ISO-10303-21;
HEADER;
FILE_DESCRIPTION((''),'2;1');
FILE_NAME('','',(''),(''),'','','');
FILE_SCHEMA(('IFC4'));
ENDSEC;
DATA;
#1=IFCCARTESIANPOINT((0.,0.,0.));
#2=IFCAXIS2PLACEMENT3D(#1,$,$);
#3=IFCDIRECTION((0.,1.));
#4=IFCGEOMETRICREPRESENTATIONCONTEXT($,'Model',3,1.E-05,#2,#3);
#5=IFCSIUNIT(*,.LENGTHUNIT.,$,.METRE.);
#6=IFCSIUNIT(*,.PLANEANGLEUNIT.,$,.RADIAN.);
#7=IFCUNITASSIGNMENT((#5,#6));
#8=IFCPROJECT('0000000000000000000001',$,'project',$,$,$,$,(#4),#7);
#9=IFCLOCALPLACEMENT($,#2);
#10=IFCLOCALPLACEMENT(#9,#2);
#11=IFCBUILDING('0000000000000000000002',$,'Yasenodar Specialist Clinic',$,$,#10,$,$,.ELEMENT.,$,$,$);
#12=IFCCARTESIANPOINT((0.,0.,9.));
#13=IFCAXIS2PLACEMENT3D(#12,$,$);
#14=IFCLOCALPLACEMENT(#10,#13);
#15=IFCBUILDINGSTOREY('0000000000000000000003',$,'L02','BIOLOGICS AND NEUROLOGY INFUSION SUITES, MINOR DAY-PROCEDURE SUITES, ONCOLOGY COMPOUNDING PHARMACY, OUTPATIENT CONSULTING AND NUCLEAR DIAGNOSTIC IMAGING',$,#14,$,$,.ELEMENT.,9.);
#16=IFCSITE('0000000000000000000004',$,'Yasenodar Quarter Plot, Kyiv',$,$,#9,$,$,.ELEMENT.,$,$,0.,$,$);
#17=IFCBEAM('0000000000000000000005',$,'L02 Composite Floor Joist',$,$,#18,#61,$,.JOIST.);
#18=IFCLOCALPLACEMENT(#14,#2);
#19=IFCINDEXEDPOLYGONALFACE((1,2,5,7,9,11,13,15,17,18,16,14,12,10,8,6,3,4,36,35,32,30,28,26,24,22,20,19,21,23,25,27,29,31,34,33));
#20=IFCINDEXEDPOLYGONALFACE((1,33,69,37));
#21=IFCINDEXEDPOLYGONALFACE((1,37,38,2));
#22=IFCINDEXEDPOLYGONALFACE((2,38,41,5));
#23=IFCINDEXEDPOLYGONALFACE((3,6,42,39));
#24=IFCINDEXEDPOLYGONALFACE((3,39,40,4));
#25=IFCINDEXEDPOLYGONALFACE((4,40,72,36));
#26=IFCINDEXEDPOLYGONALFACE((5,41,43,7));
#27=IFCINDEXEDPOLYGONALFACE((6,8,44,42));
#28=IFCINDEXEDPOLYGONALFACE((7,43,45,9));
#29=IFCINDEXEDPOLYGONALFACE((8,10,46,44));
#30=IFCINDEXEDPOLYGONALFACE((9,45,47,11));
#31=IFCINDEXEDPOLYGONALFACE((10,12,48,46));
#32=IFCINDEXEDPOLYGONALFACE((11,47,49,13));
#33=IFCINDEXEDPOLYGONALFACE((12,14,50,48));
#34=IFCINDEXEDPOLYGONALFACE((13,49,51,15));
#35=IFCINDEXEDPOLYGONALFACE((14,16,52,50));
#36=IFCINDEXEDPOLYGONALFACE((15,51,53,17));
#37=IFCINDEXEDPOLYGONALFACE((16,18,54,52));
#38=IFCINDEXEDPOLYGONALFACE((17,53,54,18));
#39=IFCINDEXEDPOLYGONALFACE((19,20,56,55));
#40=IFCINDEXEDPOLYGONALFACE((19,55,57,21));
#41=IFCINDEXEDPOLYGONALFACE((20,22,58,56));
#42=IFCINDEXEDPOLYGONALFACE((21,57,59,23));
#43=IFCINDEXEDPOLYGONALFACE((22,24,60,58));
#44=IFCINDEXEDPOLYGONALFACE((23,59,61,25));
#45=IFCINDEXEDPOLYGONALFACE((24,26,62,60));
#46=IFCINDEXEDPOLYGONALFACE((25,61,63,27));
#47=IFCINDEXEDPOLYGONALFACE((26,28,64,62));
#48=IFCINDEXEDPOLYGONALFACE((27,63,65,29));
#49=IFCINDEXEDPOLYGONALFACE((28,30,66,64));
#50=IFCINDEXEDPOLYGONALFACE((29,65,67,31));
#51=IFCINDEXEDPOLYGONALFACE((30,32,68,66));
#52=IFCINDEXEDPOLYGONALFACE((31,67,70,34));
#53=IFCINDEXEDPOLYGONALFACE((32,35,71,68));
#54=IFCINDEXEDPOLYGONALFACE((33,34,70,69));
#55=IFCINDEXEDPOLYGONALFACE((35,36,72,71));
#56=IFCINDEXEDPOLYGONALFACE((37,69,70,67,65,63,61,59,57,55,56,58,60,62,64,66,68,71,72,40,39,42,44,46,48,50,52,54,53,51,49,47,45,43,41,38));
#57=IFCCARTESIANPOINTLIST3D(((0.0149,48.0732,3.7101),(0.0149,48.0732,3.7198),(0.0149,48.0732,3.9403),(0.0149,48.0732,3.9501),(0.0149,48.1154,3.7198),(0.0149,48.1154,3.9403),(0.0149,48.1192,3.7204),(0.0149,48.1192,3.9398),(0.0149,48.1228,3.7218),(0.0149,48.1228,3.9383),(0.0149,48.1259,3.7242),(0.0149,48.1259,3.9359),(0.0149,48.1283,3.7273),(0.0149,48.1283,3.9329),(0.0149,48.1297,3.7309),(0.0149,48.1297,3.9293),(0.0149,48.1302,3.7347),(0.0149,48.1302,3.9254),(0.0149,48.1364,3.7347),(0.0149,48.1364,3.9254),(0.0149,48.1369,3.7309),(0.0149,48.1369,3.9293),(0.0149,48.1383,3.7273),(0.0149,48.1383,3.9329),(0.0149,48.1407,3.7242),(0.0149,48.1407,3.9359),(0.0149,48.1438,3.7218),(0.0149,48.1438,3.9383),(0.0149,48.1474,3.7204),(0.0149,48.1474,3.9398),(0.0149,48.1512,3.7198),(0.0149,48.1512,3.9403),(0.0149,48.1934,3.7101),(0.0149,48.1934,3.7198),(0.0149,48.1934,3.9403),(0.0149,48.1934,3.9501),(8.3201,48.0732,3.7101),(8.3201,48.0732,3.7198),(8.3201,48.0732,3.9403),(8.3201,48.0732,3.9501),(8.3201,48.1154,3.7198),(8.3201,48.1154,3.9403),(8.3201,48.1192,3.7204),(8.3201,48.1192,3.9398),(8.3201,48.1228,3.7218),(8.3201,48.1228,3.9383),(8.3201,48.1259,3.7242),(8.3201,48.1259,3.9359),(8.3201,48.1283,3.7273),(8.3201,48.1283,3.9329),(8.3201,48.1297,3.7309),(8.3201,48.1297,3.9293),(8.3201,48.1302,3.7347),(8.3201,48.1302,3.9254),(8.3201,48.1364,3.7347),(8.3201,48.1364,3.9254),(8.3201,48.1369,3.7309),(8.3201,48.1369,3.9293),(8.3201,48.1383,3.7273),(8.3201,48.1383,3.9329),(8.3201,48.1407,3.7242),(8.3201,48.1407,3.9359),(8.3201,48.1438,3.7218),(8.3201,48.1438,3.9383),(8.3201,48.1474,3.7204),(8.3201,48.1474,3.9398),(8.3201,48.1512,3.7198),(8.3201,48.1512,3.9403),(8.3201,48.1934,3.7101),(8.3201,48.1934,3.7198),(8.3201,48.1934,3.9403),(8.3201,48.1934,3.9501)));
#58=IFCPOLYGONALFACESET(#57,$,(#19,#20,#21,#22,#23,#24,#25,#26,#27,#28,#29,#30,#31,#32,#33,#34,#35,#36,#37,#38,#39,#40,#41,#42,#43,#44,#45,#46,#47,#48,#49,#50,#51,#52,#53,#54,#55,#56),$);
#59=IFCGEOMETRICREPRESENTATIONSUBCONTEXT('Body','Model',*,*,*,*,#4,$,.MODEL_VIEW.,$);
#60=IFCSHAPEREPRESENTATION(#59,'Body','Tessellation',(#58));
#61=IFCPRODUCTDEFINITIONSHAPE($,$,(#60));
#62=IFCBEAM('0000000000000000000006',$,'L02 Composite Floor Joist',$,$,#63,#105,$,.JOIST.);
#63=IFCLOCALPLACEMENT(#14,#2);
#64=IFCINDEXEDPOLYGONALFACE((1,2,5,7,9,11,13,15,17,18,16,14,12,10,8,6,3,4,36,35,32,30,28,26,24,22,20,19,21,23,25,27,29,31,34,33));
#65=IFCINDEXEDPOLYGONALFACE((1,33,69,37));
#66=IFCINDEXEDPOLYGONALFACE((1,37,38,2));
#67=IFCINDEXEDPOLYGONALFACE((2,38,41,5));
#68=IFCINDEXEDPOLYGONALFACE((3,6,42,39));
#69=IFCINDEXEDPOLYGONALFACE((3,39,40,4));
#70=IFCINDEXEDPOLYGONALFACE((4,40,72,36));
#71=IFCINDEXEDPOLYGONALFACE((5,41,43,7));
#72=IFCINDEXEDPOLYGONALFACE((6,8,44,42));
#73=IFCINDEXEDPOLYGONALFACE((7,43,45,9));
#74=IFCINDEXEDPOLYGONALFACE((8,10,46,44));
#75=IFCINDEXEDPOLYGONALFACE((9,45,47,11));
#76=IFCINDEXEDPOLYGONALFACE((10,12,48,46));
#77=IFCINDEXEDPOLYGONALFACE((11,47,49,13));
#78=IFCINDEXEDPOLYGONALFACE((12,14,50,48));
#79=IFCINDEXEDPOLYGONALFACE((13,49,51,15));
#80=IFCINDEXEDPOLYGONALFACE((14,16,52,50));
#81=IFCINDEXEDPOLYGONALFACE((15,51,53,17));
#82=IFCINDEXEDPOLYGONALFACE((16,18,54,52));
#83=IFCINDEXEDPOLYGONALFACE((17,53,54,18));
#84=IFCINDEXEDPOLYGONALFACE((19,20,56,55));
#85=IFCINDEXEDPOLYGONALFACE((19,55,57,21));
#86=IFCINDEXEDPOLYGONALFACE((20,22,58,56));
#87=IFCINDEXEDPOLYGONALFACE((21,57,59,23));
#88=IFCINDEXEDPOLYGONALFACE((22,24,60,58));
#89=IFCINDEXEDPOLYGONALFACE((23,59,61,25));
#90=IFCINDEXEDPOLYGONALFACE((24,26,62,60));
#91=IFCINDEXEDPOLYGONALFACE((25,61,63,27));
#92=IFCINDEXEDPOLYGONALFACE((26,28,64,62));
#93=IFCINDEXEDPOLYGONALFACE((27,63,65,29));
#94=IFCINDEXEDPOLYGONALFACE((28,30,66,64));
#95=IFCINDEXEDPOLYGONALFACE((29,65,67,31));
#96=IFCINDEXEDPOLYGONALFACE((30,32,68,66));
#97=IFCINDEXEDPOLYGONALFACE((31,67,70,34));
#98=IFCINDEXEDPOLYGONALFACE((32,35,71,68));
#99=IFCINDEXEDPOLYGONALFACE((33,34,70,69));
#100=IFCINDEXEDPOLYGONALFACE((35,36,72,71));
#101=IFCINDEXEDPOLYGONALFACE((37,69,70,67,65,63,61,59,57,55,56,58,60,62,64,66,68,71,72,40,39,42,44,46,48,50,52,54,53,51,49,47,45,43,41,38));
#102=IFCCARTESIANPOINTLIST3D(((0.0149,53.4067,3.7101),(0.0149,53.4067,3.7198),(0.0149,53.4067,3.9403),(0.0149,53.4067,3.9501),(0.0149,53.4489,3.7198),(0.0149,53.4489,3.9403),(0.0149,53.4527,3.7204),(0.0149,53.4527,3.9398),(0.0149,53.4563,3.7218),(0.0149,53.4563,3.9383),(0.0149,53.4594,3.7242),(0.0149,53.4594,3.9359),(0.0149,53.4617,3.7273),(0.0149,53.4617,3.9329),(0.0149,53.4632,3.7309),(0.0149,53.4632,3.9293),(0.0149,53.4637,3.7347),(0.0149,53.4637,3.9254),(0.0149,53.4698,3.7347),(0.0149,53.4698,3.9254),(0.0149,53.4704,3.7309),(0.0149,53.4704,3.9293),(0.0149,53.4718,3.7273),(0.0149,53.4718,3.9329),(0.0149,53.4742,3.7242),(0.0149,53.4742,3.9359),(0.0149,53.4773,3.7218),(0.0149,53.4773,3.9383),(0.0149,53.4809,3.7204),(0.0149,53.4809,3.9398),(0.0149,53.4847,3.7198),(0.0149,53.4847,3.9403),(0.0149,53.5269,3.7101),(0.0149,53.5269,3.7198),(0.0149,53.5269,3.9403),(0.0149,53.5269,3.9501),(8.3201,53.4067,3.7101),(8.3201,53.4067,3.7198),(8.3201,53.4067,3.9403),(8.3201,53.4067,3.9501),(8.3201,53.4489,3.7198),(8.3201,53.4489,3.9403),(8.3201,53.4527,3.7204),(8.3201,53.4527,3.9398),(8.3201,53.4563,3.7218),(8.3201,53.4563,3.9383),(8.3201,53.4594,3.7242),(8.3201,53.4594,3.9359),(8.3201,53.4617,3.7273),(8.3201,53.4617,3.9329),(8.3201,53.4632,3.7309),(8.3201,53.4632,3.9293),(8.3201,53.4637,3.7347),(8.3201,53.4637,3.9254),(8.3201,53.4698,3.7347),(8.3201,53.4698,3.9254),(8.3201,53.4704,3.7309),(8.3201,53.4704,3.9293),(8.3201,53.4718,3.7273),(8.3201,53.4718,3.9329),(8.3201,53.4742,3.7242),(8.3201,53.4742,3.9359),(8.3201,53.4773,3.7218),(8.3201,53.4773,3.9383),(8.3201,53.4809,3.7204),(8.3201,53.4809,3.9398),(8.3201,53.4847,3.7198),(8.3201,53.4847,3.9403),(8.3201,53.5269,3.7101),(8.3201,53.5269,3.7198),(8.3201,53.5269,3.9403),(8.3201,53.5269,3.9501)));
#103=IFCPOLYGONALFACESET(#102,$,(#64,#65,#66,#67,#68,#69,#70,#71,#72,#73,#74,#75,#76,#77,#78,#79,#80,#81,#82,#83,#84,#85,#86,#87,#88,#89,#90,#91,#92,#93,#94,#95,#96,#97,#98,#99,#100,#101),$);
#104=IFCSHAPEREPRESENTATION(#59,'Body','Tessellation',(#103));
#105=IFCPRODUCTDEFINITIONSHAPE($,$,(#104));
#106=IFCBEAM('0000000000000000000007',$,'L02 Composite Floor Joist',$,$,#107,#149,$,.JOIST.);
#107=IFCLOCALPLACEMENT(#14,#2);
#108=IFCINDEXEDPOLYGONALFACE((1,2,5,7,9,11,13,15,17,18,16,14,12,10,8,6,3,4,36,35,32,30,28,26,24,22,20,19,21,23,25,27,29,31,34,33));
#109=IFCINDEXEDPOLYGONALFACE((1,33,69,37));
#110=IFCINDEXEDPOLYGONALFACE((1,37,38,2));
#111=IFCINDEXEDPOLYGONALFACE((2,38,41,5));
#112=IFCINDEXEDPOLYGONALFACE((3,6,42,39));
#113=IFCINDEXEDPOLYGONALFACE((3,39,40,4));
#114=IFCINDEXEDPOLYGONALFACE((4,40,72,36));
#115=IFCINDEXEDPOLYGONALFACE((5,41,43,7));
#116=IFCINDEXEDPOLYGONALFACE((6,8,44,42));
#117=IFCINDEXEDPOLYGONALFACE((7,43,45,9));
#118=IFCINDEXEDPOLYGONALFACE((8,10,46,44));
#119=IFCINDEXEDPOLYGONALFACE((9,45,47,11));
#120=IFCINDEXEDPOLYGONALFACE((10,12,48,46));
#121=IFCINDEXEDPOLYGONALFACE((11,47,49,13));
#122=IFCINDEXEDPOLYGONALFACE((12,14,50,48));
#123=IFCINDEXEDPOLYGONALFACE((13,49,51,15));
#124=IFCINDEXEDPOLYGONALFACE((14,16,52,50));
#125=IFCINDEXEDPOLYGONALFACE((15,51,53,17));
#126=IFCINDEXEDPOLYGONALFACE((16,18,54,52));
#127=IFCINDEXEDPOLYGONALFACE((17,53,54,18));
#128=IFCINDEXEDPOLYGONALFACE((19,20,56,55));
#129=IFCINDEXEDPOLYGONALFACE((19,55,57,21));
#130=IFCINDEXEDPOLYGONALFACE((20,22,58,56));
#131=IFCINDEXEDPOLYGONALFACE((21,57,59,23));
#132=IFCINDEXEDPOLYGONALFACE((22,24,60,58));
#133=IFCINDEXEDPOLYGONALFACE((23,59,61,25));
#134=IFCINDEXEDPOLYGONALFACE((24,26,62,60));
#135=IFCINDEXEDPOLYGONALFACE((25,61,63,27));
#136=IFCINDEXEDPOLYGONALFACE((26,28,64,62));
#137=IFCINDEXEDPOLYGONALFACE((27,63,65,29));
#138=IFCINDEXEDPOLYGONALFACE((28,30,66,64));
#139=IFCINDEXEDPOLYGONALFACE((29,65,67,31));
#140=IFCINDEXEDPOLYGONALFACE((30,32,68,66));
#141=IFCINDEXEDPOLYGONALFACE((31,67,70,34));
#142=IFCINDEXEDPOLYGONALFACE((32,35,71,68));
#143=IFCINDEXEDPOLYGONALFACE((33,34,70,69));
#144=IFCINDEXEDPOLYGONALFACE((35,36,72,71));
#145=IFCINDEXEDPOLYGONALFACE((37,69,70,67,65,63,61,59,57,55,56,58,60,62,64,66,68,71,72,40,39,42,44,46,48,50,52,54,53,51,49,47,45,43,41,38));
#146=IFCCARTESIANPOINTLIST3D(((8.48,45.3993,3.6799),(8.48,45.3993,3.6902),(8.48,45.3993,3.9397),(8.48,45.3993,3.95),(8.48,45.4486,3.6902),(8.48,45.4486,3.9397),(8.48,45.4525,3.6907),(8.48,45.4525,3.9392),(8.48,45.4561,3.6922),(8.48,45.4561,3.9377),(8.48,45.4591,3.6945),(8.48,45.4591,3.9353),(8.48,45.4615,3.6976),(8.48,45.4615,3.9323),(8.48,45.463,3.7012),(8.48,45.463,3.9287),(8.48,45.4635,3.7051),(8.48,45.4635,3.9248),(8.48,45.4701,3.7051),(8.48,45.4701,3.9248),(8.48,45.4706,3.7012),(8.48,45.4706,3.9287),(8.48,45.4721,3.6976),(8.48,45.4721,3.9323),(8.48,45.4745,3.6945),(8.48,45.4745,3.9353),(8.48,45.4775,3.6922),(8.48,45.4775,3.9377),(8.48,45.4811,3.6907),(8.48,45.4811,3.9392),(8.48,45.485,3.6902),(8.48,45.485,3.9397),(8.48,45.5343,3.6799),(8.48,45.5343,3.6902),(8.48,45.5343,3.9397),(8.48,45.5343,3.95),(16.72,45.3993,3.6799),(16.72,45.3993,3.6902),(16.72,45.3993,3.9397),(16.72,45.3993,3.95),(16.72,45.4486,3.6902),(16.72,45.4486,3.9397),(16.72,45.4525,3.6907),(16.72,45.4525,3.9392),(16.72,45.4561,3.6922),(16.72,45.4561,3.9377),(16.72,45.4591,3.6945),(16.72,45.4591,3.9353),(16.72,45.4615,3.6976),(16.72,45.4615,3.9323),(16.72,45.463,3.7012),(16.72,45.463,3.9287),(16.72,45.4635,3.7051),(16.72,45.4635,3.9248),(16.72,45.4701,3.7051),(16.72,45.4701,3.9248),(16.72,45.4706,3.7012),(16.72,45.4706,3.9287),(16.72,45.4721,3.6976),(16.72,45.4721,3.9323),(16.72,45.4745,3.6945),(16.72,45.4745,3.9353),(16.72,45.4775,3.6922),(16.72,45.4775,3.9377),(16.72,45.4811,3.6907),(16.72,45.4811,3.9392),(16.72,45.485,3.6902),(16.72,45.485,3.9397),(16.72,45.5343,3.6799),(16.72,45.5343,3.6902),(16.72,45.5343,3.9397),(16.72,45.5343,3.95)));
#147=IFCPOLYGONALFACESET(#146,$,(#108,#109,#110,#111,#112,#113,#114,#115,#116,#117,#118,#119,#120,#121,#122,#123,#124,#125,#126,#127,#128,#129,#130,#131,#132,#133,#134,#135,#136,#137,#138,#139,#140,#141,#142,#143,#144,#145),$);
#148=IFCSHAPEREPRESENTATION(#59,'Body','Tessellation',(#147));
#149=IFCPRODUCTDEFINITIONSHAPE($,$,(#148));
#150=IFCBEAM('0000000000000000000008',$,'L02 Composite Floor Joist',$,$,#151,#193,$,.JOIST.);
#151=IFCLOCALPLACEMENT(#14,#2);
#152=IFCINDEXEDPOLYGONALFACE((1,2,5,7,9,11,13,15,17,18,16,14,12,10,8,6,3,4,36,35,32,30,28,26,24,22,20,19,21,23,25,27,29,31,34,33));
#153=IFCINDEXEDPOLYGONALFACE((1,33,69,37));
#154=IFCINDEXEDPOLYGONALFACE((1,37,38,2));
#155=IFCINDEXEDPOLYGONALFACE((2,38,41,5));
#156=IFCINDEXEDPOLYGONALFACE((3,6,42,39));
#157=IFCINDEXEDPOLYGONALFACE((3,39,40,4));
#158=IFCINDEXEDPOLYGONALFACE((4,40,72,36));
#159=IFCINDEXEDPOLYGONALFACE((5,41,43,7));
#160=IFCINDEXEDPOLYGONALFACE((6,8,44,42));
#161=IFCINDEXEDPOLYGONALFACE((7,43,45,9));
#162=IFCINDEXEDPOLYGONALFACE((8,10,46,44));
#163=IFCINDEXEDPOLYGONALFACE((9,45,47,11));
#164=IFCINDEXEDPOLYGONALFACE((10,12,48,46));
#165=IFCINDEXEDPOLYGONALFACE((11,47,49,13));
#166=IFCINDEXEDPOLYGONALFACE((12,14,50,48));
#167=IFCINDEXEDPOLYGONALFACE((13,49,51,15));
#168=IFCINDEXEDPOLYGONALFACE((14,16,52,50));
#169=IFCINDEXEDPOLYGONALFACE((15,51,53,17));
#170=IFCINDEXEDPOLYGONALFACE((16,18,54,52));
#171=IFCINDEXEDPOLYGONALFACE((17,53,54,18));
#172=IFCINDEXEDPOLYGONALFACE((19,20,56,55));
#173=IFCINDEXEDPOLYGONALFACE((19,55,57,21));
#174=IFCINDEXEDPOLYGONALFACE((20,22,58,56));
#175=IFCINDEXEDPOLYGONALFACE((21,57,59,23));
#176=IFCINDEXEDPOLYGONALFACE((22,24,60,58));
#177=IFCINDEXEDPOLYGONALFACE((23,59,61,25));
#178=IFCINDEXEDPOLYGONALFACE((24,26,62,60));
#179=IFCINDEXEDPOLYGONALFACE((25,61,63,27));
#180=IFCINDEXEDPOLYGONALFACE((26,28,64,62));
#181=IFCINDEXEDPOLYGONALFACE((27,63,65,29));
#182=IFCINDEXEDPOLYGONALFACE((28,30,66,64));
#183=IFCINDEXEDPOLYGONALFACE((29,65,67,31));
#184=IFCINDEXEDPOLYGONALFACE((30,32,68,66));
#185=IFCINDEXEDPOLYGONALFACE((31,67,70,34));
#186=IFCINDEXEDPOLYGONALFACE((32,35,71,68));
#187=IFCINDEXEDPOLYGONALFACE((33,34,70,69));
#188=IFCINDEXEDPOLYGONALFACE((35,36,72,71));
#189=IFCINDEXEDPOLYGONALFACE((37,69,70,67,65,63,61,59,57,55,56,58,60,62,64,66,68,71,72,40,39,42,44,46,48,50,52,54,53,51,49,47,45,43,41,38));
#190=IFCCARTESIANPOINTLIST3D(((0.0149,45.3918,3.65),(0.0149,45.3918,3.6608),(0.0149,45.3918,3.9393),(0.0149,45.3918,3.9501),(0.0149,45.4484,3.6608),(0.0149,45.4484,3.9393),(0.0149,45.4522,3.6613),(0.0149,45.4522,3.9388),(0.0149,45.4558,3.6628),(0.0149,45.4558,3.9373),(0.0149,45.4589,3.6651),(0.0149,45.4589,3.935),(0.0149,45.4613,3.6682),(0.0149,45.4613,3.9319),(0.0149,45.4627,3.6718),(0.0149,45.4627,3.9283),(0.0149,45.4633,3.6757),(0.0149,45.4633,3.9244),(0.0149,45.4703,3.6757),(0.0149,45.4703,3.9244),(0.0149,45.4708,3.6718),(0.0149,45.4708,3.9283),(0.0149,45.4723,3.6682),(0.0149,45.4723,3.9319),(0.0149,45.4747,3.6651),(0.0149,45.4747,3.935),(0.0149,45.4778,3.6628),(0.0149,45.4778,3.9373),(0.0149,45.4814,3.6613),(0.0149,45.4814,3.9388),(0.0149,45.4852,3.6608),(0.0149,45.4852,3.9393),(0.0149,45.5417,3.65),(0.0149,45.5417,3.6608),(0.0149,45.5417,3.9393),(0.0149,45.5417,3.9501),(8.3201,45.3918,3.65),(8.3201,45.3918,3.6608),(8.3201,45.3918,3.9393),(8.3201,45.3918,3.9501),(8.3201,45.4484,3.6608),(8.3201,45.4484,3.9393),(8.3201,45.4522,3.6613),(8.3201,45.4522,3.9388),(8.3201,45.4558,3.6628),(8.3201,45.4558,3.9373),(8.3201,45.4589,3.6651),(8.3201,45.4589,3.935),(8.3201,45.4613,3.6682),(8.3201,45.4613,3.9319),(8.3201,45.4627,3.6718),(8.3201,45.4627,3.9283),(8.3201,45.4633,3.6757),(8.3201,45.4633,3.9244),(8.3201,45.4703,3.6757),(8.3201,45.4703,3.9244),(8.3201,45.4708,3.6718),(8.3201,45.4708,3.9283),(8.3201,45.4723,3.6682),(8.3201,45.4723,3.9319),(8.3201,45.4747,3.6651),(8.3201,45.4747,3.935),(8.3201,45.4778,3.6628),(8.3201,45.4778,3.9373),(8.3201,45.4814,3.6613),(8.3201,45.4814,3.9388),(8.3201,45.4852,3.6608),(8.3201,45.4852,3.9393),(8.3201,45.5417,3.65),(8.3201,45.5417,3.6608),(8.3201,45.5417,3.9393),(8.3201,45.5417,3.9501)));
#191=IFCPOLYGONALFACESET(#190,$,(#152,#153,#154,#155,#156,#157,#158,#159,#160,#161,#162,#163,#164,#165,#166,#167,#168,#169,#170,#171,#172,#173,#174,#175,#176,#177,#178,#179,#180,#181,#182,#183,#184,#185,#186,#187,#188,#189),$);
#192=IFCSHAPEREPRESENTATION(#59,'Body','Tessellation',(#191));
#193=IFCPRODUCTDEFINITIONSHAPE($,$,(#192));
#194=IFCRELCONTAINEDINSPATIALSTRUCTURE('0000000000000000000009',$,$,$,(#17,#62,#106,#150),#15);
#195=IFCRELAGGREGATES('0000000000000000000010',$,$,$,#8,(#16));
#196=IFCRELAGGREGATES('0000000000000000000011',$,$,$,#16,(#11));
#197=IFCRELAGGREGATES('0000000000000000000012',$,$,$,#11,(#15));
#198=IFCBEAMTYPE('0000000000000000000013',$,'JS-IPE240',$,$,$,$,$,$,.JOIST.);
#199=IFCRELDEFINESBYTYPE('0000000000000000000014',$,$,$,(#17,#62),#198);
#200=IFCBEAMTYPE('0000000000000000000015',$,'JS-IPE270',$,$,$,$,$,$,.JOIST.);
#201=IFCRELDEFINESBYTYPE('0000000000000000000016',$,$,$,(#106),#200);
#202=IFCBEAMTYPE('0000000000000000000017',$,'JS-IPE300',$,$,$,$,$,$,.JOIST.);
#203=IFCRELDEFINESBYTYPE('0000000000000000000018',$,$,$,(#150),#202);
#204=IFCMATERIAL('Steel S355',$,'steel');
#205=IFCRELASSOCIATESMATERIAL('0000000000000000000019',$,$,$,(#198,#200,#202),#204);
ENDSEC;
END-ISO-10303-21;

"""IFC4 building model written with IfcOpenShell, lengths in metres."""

from ifc_helpers import new_model, si_unit, direction, frame, origin, origin_2d, place, context, subcontext, project, spatial, i_section, extrude, material, material_profile, profile_set, type_object, element, save


model = new_model("IFC4")

# Units and contexts
model_context = context("Model", 3, precision=1e-05, world=origin(), true_north=direction((0.0, 1.0)))
body_context = subcontext(model_context, "Body", "Model", "MODEL_VIEW")
ifc_project = project(units=[si_unit("LENGTHUNIT", "METRE"), si_unit("PLANEANGLEUNIT", "RADIAN")], contexts=[model_context])

# Site, building, storey
site_placement = place(None, origin())
site = spatial("IfcSite", under=ifc_project, at=site_placement, Name="Yasenodar Quarter Plot, Kyiv", CompositionType="ELEMENT", RefElevation=0.0)
building_placement = place(site_placement, origin())
building = spatial("IfcBuilding", under=site, at=building_placement, Name="Yasenodar Specialist Clinic", CompositionType="ELEMENT")
storey_placement = place(building_placement, frame((0.0, 0.0, 9.0)))
storey = spatial("IfcBuildingStorey", under=building, at=storey_placement, Name="L02", Description="BIOLOGICS AND NEUROLOGY INFUSION SUITES, MINOR DAY-PROCEDURE SUITES, ONCOLOGY COMPOUNDING PHARMACY, OUTPATIENT CONSULTING AND NUCLEAR DIAGNOSTIC IMAGING", CompositionType="ELEMENT", Elevation=9.0)

# Shared definitions
ifc_material_1 = material(Name="Steel S355", Category="steel")

# Beams
ifc_material_profile_1 = material_profile(ifc_material_1, i_section(OverallWidth=0.1201, OverallDepth=0.24, WebThickness=0.0061, FlangeThickness=0.0098, FilletRadius=0.0149, at=origin_2d()), Name="IPE 240")
ifc_profile_set_1 = profile_set([ifc_material_profile_1], Name="Steel S355")
beam_type_1 = type_object("IfcBeamType", Name="JS-IPE240", PredefinedType="JOIST", material=ifc_profile_set_1)
for number, where, z_axis, x_axis, name in (
    (1, (0.0149, 48.1333, 3.8301), (1.0, 0.0, 0.0), (0.0, 1.0, 0.0), "L02 Composite Floor Joist"),
    (2, (0.0149, 53.4668, 3.8301), (1.0, 0.0, 0.0), (0.0, 1.0, 0.0), "L02 Composite Floor Joist"),
):
    element("IfcBeam", number, at=place(storey_placement, frame(where, z_axis=z_axis, x_axis=x_axis)), inside=storey, type_object=beam_type_1, Name=name, PredefinedType="JOIST", context=body_context, shape_type="SweptSolid", body=[
        extrude(i_section(OverallWidth=0.1201, OverallDepth=0.24, WebThickness=0.0061, FlangeThickness=0.0098, FilletRadius=0.0149, at=origin_2d()), origin(), (0.0, 0.0, 1.0), 8.3052),
    ])
ifc_material_profile_2 = material_profile(ifc_material_1, i_section(OverallWidth=0.135, OverallDepth=0.27, WebThickness=0.0066, FlangeThickness=0.0103, FilletRadius=0.0149, at=origin_2d()), Name="IPE 270")
ifc_profile_set_2 = profile_set([ifc_material_profile_2], Name="Steel S355")
beam_type_2 = type_object("IfcBeamType", Name="JS-IPE270", PredefinedType="JOIST", material=ifc_profile_set_2)
beam_1_placement = place(storey_placement, frame((8.48, 45.4668, 3.8149), z_axis=(1.0, 0.0, 0.0), x_axis=(0.0, 1.0, 0.0)))
element("IfcBeam", 3, at=beam_1_placement, inside=storey, type_object=beam_type_2, Name="L02 Composite Floor Joist", PredefinedType="JOIST", context=body_context, shape_type="SweptSolid", body=[
    extrude(i_section(OverallWidth=0.135, OverallDepth=0.27, WebThickness=0.0066, FlangeThickness=0.0103, FilletRadius=0.0149, at=origin_2d()), origin(), (0.0, 0.0, 1.0), 8.24),
])
ifc_material_profile_3 = material_profile(ifc_material_1, i_section(OverallWidth=0.1499, OverallDepth=0.3, WebThickness=0.0071, FlangeThickness=0.0107, FilletRadius=0.0149, at=origin_2d()), Name="IPE 300")
ifc_profile_set_3 = profile_set([ifc_material_profile_3], Name="Steel S355")
beam_type_3 = type_object("IfcBeamType", Name="JS-IPE300", PredefinedType="JOIST", material=ifc_profile_set_3)
beam_2_placement = place(storey_placement, frame((0.0149, 45.4668, 3.8), z_axis=(1.0, 0.0, 0.0), x_axis=(0.0, 1.0, 0.0)))
element("IfcBeam", 4, at=beam_2_placement, inside=storey, type_object=beam_type_3, Name="L02 Composite Floor Joist", PredefinedType="JOIST", context=body_context, shape_type="SweptSolid", body=[
    extrude(i_section(OverallWidth=0.1499, OverallDepth=0.3, WebThickness=0.0071, FlangeThickness=0.0107, FilletRadius=0.0149, at=origin_2d()), origin(), (0.0, 0.0, 1.0), 8.3052),
])

save(model, "model.ifc")
